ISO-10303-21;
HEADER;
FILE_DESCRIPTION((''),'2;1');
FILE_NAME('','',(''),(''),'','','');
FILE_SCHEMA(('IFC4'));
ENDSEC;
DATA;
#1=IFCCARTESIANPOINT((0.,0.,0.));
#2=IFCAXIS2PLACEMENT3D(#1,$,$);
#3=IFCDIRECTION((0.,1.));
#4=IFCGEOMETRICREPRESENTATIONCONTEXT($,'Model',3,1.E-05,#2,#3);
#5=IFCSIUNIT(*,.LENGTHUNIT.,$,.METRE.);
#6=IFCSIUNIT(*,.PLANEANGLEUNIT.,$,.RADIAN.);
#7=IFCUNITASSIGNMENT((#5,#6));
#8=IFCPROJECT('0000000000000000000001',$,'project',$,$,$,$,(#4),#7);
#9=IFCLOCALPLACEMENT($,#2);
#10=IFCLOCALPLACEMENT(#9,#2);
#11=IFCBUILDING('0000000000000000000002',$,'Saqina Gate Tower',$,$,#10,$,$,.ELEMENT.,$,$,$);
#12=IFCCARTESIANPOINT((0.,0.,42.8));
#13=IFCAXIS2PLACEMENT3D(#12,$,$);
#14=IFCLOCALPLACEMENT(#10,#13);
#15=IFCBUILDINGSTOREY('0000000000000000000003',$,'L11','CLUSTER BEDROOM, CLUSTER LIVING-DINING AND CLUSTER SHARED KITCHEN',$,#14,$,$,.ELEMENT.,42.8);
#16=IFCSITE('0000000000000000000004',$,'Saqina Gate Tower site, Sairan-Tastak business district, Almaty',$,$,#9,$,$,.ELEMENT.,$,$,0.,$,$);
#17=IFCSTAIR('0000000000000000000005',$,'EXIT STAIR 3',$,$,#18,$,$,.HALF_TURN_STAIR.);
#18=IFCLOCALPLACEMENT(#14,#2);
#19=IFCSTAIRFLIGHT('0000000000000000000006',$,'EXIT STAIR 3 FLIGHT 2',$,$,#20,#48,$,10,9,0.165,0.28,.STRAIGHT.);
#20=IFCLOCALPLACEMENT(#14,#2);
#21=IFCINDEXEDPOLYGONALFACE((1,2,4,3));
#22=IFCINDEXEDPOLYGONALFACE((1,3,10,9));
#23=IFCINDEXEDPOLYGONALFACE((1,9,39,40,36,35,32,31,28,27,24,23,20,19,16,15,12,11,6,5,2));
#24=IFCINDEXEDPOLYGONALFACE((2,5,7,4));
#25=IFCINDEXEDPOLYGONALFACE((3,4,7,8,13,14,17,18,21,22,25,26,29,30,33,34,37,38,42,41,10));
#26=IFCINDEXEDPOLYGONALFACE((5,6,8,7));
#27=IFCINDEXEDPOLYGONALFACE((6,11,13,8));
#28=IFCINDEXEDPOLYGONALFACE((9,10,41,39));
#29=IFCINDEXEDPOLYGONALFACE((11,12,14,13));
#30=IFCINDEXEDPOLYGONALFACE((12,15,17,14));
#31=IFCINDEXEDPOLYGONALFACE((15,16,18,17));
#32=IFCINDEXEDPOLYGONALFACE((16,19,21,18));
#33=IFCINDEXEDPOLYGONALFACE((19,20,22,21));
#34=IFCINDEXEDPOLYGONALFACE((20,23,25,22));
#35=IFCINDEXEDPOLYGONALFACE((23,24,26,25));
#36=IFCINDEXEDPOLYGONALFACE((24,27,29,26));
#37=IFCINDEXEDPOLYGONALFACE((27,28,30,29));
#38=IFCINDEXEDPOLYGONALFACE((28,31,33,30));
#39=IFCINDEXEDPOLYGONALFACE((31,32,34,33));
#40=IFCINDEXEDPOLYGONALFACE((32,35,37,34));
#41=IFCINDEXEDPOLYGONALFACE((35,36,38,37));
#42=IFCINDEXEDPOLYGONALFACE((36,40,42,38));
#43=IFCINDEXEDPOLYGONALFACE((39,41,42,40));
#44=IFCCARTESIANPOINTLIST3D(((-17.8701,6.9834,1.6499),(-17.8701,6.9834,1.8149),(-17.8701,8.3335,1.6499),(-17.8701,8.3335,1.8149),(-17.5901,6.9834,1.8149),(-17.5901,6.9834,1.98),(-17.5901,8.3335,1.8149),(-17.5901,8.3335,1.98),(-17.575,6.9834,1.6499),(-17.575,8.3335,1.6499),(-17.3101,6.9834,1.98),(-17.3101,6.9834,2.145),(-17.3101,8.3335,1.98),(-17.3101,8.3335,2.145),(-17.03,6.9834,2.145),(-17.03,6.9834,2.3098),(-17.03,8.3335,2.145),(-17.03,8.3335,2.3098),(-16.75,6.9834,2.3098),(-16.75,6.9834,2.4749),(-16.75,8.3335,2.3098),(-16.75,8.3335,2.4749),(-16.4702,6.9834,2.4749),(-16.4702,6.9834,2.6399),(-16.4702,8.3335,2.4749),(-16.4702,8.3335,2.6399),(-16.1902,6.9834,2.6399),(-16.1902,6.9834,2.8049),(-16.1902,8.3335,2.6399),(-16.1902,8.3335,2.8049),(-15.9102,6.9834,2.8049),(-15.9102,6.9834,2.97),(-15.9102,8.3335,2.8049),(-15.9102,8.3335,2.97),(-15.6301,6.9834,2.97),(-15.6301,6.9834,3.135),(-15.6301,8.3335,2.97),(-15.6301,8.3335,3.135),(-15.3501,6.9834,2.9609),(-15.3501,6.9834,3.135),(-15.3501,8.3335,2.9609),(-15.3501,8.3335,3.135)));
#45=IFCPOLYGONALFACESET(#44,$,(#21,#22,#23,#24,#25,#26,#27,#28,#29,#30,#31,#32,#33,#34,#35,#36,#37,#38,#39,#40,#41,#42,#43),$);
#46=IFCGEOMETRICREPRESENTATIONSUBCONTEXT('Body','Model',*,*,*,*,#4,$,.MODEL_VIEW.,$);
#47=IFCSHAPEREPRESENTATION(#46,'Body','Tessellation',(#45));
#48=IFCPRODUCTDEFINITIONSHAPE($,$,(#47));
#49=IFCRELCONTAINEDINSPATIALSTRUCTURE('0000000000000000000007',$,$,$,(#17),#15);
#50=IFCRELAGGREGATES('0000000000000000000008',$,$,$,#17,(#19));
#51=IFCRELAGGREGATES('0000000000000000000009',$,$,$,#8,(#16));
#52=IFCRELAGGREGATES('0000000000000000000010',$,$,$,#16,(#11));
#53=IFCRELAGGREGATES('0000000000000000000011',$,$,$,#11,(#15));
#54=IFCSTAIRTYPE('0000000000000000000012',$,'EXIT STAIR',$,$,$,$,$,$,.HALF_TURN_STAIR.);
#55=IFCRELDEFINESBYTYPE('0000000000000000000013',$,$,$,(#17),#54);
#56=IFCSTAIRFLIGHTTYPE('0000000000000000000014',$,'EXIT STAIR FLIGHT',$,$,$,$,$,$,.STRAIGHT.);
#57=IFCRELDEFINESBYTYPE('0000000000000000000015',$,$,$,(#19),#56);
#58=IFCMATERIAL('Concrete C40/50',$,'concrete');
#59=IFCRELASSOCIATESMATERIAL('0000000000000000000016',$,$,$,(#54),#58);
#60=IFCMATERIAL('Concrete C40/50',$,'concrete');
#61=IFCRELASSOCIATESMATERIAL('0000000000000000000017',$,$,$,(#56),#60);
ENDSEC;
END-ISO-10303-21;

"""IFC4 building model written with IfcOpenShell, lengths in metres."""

from ifc_helpers import new_model, si_unit, direction, frame, origin, place, context, subcontext, project, spatial, polyline, outline, extrude, material, type_object, element, aggregate, save


model = new_model("IFC4")

# Units and contexts
model_context = context("Model", 3, precision=1e-05, world=origin(), true_north=direction((0.0, 1.0)))
body_context = subcontext(model_context, "Body", "Model", "MODEL_VIEW")
ifc_project = project(units=[si_unit("LENGTHUNIT", "METRE"), si_unit("PLANEANGLEUNIT", "RADIAN")], contexts=[model_context])

# Site, building, storey
site_placement = place(None, origin())
site = spatial("IfcSite", under=ifc_project, at=site_placement, Name="Saqina Gate Tower site, Sairan-Tastak business district, Almaty", CompositionType="ELEMENT", RefElevation=0.0)
building_placement = place(site_placement, origin())
building = spatial("IfcBuilding", under=site, at=building_placement, Name="Saqina Gate Tower", CompositionType="ELEMENT")
storey_placement = place(building_placement, frame((0.0, 0.0, 42.8)))
storey = spatial("IfcBuildingStorey", under=building, at=storey_placement, Name="L11", Description="CLUSTER BEDROOM, CLUSTER LIVING-DINING AND CLUSTER SHARED KITCHEN", CompositionType="ELEMENT", Elevation=42.8)

# Stair, stair flight
ifc_material_1 = material(Name="Concrete C40/50", Category="concrete")
stair_type = type_object("IfcStairType", Name="EXIT STAIR", PredefinedType="HALF_TURN_STAIR", material=ifc_material_1)
stair_placement = place(storey_placement, origin())
stair = element("IfcStair", 1, at=stair_placement, inside=storey, type_object=stair_type, Name="EXIT STAIR 3", PredefinedType="HALF_TURN_STAIR")
ifc_material_2 = material(Name="Concrete C40/50", Category="concrete")
stair_flight_type = type_object("IfcStairFlightType", Name="EXIT STAIR FLIGHT", PredefinedType="STRAIGHT", material=ifc_material_2)
stair_flight_placement = place(storey_placement, frame((-17.8701, 7.6584, 1.6499), z_axis=(0.0, 0.0, 1.0), x_axis=(1.0, 0.0, 0.0)))
stair_flight = element("IfcStairFlight", 2, at=stair_flight_placement, type_object=stair_flight_type, Name="EXIT STAIR 3 FLIGHT 2", NumberOfRisers=10, NumberOfTreads=9, PredefinedType="STRAIGHT", RiserHeight=0.165, TreadLength=0.28, context=body_context, shape_type="SweptSolid", body=[
    extrude(outline(polyline([(0.0, 0.0), (0.0, 0.165), (0.28, 0.165), (0.28, 0.3301), (0.5601, 0.3301), (0.5601, 0.4951), (0.8401, 0.4951), (0.8401, 0.6599), (1.1201, 0.6599), (1.1201, 0.825), (1.3999, 0.825), (1.3999, 0.99), (1.6799, 0.99), (1.6799, 1.155), (1.96, 1.155), (1.96, 1.3201), (2.24, 1.3201), (2.24, 1.4851), (2.52, 1.4851), (2.52, 1.6499), (2.52, 1.311), (0.2952, 0.0), (0.0, 0.0)])), frame((0.0, 0.675, 0.0), z_axis=(0.0, -1.0, 0.0), x_axis=(1.0, 0.0, 0.0)), (0.0, 0.0, 1.0), 1.3501),
])
aggregate(stair, [stair_flight])

save(model, "model.ifc")
